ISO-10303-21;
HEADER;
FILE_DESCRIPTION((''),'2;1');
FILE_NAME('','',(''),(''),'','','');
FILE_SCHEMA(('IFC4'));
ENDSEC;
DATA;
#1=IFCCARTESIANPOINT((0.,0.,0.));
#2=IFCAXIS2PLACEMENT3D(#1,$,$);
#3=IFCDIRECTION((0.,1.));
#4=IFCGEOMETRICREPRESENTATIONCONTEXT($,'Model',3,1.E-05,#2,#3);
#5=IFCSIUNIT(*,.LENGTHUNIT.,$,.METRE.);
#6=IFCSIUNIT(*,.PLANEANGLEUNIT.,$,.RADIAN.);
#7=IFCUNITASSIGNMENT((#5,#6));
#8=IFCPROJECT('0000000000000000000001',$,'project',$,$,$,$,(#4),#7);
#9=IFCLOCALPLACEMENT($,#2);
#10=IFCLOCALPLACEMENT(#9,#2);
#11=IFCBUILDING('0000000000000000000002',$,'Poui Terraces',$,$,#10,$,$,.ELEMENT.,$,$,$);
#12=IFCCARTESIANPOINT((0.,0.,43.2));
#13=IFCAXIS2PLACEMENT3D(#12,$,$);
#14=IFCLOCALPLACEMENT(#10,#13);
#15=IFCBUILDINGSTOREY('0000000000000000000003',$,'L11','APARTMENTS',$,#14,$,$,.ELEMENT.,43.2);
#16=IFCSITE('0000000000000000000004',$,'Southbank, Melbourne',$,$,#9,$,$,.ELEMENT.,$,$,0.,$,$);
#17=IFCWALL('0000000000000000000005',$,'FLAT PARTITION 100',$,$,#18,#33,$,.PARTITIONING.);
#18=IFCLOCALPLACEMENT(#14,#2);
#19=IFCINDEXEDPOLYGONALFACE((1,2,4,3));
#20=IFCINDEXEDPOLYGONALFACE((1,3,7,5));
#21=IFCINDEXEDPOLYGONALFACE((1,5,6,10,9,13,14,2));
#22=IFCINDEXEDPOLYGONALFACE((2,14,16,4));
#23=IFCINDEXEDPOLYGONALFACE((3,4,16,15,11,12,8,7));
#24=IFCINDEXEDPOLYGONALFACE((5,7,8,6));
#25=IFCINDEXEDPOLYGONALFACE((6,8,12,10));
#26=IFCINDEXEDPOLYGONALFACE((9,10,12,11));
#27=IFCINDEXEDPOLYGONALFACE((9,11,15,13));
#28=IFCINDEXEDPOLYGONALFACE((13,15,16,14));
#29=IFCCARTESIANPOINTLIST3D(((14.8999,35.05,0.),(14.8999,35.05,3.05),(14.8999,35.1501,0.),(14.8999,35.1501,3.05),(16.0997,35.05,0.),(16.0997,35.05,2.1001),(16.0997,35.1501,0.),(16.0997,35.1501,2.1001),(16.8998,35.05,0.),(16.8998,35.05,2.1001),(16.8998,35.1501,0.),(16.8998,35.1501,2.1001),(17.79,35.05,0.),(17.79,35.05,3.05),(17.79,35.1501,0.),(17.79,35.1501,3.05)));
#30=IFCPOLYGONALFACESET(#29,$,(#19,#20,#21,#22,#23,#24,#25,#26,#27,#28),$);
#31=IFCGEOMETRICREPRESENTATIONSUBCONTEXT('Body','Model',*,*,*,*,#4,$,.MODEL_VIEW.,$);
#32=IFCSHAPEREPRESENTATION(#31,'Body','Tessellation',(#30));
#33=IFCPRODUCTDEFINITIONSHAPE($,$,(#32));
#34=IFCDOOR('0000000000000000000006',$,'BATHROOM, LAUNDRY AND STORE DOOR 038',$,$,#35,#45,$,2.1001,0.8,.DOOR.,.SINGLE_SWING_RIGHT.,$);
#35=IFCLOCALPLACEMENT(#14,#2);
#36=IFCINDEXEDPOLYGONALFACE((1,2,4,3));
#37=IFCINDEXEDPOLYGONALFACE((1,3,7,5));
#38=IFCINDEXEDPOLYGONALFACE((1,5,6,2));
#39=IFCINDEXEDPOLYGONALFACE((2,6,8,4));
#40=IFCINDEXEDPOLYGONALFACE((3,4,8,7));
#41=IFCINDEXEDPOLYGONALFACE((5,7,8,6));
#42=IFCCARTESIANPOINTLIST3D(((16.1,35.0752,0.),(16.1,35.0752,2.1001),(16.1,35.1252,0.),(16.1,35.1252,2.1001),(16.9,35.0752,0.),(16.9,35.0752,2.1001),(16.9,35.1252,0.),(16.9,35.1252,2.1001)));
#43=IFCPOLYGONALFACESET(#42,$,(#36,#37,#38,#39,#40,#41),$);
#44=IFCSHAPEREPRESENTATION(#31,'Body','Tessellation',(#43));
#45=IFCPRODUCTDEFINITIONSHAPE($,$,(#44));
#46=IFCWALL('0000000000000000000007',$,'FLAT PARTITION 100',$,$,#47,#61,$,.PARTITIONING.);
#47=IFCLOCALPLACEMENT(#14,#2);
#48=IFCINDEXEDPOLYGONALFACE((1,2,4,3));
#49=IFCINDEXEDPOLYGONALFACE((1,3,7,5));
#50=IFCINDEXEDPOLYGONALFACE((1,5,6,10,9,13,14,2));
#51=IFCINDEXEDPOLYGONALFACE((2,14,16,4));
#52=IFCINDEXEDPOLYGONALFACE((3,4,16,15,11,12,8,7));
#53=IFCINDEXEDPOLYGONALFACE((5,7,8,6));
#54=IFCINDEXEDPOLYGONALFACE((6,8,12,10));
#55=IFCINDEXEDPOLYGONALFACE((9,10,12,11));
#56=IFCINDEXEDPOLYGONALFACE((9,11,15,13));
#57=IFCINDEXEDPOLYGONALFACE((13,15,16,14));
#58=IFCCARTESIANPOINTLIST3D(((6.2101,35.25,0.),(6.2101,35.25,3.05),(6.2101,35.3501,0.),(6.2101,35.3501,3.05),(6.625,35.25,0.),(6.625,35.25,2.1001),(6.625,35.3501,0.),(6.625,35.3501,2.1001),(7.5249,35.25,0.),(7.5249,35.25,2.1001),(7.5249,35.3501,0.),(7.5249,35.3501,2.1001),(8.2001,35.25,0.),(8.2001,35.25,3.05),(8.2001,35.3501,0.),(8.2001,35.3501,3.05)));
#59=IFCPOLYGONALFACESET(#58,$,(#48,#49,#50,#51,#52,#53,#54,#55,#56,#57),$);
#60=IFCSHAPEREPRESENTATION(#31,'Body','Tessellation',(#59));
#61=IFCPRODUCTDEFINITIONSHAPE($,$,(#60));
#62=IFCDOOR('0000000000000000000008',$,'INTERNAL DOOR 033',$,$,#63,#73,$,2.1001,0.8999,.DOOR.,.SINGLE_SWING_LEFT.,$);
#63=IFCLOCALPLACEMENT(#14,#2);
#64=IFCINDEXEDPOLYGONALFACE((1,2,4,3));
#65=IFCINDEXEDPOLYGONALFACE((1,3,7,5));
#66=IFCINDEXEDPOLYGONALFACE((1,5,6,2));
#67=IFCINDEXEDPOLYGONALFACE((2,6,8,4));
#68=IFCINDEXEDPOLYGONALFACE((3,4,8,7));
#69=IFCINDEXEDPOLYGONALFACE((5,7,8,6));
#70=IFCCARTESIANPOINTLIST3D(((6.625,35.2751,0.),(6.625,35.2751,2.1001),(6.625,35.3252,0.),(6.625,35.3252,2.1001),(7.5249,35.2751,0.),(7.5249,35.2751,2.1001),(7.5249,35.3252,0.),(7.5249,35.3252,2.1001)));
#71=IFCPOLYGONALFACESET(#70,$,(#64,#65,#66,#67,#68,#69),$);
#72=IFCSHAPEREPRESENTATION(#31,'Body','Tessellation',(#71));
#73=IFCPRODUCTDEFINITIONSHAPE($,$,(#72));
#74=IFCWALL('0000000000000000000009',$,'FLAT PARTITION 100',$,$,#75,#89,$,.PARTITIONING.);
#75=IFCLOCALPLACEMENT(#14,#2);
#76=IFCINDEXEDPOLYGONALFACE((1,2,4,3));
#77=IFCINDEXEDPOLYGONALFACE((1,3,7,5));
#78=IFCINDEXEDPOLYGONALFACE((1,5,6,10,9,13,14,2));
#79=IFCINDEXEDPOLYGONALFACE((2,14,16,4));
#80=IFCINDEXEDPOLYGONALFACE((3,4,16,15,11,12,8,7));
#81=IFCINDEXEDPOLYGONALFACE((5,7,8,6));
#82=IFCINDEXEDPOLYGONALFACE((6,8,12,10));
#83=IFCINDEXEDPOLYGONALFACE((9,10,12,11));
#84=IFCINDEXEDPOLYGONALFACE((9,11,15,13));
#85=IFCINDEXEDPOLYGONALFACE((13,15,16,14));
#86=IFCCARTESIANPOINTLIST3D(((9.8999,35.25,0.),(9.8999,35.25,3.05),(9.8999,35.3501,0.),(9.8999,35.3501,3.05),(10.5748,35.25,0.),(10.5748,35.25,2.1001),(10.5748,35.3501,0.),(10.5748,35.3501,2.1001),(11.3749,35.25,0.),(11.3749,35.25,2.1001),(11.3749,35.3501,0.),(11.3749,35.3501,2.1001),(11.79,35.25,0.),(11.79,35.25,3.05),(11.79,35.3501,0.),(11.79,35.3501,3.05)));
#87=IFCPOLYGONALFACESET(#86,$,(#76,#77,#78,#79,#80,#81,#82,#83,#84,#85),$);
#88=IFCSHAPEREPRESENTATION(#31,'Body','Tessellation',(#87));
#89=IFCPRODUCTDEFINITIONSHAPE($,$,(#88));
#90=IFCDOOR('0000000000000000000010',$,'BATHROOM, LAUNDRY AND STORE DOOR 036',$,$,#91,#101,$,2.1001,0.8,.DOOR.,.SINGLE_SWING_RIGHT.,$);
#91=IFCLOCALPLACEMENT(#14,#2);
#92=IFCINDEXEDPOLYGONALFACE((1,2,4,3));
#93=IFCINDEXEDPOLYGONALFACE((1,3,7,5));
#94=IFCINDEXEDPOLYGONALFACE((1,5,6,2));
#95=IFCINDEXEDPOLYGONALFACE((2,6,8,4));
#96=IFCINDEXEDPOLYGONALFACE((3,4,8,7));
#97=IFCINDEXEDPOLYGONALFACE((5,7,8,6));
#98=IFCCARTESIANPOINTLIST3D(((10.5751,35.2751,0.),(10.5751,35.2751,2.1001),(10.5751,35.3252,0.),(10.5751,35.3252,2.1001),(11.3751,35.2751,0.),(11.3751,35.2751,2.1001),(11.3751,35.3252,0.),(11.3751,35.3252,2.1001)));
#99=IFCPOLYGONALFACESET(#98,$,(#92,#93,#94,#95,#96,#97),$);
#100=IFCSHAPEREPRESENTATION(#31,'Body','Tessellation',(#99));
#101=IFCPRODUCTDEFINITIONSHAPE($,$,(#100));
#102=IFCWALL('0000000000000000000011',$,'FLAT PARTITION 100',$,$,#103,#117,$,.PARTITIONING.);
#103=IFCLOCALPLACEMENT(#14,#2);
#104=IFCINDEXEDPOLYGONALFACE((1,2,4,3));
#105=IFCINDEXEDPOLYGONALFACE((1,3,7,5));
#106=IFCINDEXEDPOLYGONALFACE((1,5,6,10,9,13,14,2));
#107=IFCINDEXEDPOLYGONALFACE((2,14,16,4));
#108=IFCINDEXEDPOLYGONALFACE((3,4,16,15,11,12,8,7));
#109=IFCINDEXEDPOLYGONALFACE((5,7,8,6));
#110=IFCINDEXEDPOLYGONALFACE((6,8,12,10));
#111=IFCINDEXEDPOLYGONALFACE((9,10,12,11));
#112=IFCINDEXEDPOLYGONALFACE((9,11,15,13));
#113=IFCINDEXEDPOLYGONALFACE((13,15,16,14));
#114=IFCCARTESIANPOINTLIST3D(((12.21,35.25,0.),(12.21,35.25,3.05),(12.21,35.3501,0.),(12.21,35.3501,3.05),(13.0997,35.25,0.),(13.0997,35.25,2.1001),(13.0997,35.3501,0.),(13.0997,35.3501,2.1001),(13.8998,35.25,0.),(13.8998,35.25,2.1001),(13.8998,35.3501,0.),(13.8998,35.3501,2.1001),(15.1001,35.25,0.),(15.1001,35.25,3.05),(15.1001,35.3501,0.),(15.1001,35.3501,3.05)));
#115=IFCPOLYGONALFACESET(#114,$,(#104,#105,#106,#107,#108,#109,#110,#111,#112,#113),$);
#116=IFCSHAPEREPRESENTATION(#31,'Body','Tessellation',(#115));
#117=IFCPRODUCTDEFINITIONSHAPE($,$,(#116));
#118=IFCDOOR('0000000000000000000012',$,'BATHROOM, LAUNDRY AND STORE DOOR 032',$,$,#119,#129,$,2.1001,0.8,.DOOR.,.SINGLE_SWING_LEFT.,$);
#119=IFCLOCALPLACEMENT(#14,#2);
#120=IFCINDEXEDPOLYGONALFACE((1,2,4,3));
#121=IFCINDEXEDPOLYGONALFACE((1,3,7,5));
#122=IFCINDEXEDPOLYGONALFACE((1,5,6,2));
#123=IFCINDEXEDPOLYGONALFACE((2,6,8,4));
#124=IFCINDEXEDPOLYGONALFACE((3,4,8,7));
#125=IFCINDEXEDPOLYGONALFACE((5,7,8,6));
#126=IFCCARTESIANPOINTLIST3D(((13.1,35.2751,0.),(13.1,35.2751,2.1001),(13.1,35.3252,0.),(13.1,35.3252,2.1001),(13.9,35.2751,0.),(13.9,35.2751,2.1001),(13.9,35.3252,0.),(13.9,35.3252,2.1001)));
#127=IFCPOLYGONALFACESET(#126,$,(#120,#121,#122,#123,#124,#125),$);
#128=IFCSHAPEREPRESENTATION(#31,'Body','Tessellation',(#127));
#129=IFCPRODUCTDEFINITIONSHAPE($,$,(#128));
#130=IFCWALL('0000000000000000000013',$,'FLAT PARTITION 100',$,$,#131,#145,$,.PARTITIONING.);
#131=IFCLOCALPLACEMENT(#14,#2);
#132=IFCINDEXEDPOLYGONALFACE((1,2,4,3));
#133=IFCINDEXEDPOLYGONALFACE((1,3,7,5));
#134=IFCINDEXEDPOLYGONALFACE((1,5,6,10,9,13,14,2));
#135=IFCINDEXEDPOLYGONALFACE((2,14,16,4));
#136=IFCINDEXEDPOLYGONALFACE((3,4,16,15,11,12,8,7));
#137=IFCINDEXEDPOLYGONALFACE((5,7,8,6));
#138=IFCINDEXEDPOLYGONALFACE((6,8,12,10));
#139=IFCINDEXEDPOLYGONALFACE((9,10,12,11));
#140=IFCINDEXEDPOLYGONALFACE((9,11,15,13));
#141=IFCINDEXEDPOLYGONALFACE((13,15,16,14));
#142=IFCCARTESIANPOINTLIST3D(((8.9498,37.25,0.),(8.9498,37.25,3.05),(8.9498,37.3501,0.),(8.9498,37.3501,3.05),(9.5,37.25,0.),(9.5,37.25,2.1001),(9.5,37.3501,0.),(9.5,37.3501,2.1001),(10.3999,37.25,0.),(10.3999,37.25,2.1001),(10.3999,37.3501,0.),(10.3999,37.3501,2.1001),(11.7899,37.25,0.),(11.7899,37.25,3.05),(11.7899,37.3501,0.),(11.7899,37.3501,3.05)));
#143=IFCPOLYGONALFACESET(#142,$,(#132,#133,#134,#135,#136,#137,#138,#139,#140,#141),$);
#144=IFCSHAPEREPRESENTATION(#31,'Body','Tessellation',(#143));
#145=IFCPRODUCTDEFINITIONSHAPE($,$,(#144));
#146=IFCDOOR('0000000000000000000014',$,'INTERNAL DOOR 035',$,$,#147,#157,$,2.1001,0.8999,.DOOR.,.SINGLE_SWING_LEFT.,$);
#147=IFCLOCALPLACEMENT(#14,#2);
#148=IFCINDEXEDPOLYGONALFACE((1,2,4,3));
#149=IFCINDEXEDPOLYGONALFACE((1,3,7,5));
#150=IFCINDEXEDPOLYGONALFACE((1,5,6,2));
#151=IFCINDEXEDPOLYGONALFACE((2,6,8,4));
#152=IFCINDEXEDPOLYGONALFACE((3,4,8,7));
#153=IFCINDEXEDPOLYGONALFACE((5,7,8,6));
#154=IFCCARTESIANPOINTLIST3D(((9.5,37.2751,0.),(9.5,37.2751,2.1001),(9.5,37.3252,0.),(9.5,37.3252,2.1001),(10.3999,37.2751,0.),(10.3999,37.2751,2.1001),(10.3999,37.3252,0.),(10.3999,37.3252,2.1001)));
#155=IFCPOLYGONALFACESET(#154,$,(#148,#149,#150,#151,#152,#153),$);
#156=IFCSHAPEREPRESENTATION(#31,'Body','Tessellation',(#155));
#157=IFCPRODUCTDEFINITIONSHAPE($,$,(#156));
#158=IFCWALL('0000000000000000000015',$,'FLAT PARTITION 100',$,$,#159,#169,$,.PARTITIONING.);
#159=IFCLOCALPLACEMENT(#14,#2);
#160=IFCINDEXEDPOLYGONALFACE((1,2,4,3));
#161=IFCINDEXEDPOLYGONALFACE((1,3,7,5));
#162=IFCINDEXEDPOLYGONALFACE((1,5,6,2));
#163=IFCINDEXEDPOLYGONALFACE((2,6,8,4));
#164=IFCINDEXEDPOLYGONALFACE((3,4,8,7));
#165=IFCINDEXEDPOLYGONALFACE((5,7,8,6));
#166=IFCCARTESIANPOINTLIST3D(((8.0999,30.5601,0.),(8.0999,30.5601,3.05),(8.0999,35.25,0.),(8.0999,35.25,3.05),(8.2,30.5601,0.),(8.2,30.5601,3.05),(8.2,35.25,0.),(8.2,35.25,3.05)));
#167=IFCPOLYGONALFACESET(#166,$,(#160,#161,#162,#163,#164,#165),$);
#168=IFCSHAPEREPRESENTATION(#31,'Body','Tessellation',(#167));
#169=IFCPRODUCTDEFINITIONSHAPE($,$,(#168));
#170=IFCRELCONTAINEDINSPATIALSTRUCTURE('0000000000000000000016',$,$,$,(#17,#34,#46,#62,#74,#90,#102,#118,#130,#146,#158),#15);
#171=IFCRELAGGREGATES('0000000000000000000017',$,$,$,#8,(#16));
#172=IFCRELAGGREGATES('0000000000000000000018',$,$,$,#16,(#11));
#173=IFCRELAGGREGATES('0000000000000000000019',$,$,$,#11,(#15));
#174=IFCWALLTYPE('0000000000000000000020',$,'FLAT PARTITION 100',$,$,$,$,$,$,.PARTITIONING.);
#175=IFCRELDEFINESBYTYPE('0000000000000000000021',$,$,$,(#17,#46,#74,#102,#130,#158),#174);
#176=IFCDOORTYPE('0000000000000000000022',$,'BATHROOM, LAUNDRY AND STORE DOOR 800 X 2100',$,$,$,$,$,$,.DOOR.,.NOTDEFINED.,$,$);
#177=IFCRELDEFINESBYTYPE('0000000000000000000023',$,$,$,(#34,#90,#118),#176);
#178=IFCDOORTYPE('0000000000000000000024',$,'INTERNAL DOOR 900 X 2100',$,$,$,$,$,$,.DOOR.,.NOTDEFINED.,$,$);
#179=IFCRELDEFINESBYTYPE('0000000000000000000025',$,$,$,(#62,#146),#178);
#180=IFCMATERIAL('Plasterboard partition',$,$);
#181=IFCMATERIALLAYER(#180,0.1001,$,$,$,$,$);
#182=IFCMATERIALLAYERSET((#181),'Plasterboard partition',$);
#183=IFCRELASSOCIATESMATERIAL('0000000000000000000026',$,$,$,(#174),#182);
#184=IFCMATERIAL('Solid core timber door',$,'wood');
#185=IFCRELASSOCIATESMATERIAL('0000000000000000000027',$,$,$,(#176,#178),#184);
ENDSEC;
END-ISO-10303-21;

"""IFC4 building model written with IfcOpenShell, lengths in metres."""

from ifc_helpers import new_model, si_unit, direction, frame, frame_2d, origin, place, context, subcontext, project, spatial, rectangle, extrude, material, layer, layer_set, type_object, element, fill, save


model = new_model("IFC4")

# Units and contexts
model_context = context("Model", 3, precision=1e-05, world=origin(), true_north=direction((0.0, 1.0)))
body_context = subcontext(model_context, "Body", "Model", "MODEL_VIEW")
ifc_project = project(units=[si_unit("LENGTHUNIT", "METRE"), si_unit("PLANEANGLEUNIT", "RADIAN")], contexts=[model_context])

# Site, building, storey
site_placement = place(None, origin())
site = spatial("IfcSite", under=ifc_project, at=site_placement, Name="Southbank, Melbourne", CompositionType="ELEMENT", RefElevation=0.0)
building_placement = place(site_placement, origin())
building = spatial("IfcBuilding", under=site, at=building_placement, Name="Poui Terraces", CompositionType="ELEMENT")
storey_placement = place(building_placement, frame((0.0, 0.0, 43.2)))
storey = spatial("IfcBuildingStorey", under=building, at=storey_placement, Name="L11", Description="APARTMENTS", CompositionType="ELEMENT", Elevation=43.2)

# Walls, openings, doors
ifc_material_1 = material(Name="Plasterboard partition")
ifc_layer_1 = layer(ifc_material_1, 0.1001)
ifc_layer_set_1 = layer_set([ifc_layer_1], Name="Plasterboard partition")
wall_type_1 = type_object("IfcWallType", Name="FLAT PARTITION 100", PredefinedType="PARTITIONING", material=ifc_layer_set_1)
wall_1_placement = place(storey_placement, frame((14.8999, 35.1001, 0.0), z_axis=(0.0, 0.0, 1.0), x_axis=(1.0, 0.0, 0.0)))
wall_1 = element("IfcWall", 1, at=wall_1_placement, inside=storey, type_object=wall_type_1, Name="FLAT PARTITION 100", PredefinedType="PARTITIONING", context=body_context, shape_type="SweptSolid", body=[
    extrude(rectangle(XDim=2.8901, YDim=0.1001, at=frame_2d((1.4451, 0.0))), origin(), (0.0, 0.0, 1.0), 3.05),
])
opening_1_placement = place(wall_1_placement, frame((1.2, 0.0, 0.0)))
opening_1 = element("IfcOpeningElement", 2, at=opening_1_placement, cuts=wall_1, PredefinedType="OPENING", context=body_context, shape_type="SweptSolid", body=[
    extrude(rectangle(XDim=0.8, YDim=2.1001, at=frame_2d((0.3999, 1.05))), frame((0.0, 0.0601, 0.0), z_axis=(0.0, -1.0, 0.0), x_axis=(1.0, 0.0, 0.0)), (0.0, 0.0, 1.0), 0.1201),
])
ifc_material_2 = material(Name="Solid core timber door", Category="wood")
door_type_1 = type_object("IfcDoorType", Name="BATHROOM, LAUNDRY AND STORE DOOR 800 X 2100", OperationType="NOTDEFINED", PredefinedType="DOOR", material=ifc_material_2)
door_1_placement = place(opening_1_placement, frame((0.8, 0.0, 0.0), z_axis=(0.0, 0.0, 1.0), x_axis=(-1.0, 0.0, 0.0)))
door_1 = element("IfcDoor", 3, at=door_1_placement, inside=storey, type_object=door_type_1, Name="BATHROOM, LAUNDRY AND STORE DOOR 038", OperationType="SINGLE_SWING_RIGHT", OverallHeight=2.1001, OverallWidth=0.8, PredefinedType="DOOR", context=body_context, shape_type="SweptSolid", body=[
    extrude(rectangle(XDim=0.8, YDim=2.1001, at=frame_2d((0.3999, 1.05))), frame((0.0, 0.0249, 0.0), z_axis=(0.0, -1.0, 0.0), x_axis=(1.0, 0.0, 0.0)), (0.0, 0.0, 1.0), 0.05),
])
fill(opening_1, door_1)
wall_2_placement = place(storey_placement, frame((6.21, 35.3, 0.0), z_axis=(0.0, 0.0, 1.0), x_axis=(1.0, 0.0, 0.0)))
wall_2 = element("IfcWall", 4, at=wall_2_placement, inside=storey, type_object=wall_type_1, Name="FLAT PARTITION 100", PredefinedType="PARTITIONING", context=body_context, shape_type="SweptSolid", body=[
    extrude(rectangle(XDim=1.99, YDim=0.1001, at=frame_2d((0.9951, 0.0))), origin(), (0.0, 0.0, 1.0), 3.05),
])
opening_2_placement = place(wall_2_placement, frame((0.415, 0.0, 0.0)))
opening_2 = element("IfcOpeningElement", 5, at=opening_2_placement, cuts=wall_2, PredefinedType="OPENING", context=body_context, shape_type="SweptSolid", body=[
    extrude(rectangle(XDim=0.8999, YDim=2.1001, at=frame_2d((0.45, 1.05))), frame((0.0, 0.0601, 0.0), z_axis=(0.0, -1.0, 0.0), x_axis=(1.0, 0.0, 0.0)), (0.0, 0.0, 1.0), 0.1201),
])
door_type_2 = type_object("IfcDoorType", Name="INTERNAL DOOR 900 X 2100", OperationType="NOTDEFINED", PredefinedType="DOOR", material=ifc_material_2)
door_2_placement = place(opening_2_placement, frame((0.8999, 0.0, 0.0), z_axis=(0.0, 0.0, 1.0), x_axis=(-1.0, 0.0, 0.0)))
door_2 = element("IfcDoor", 6, at=door_2_placement, inside=storey, type_object=door_type_2, Name="INTERNAL DOOR 033", OperationType="SINGLE_SWING_LEFT", OverallHeight=2.1001, OverallWidth=0.8999, PredefinedType="DOOR", context=body_context, shape_type="SweptSolid", body=[
    extrude(rectangle(XDim=0.8999, YDim=2.1001, at=frame_2d((0.45, 1.05))), frame((0.0, 0.0249, 0.0), z_axis=(0.0, -1.0, 0.0), x_axis=(1.0, 0.0, 0.0)), (0.0, 0.0, 1.0), 0.05),
])
fill(opening_2, door_2)
wall_3_placement = place(storey_placement, frame((9.8999, 35.3, 0.0), z_axis=(0.0, 0.0, 1.0), x_axis=(1.0, 0.0, 0.0)))
wall_3 = element("IfcWall", 7, at=wall_3_placement, inside=storey, type_object=wall_type_1, Name="FLAT PARTITION 100", PredefinedType="PARTITIONING", context=body_context, shape_type="SweptSolid", body=[
    extrude(rectangle(XDim=1.8901, YDim=0.1001, at=frame_2d((0.9451, 0.0))), origin(), (0.0, 0.0, 1.0), 3.05),
])
opening_3_placement = place(wall_3_placement, frame((0.675, 0.0, 0.0)))
opening_3 = element("IfcOpeningElement", 8, at=opening_3_placement, cuts=wall_3, PredefinedType="OPENING", context=body_context, shape_type="SweptSolid", body=[
    extrude(rectangle(XDim=0.8, YDim=2.1001, at=frame_2d((0.3999, 1.05))), frame((0.0, 0.0601, 0.0), z_axis=(0.0, -1.0, 0.0), x_axis=(1.0, 0.0, 0.0)), (0.0, 0.0, 1.0), 0.1201),
])
door_3_placement = place(opening_3_placement, frame((0.8, 0.0, 0.0), z_axis=(0.0, 0.0, 1.0), x_axis=(-1.0, 0.0, 0.0)))
door_3 = element("IfcDoor", 9, at=door_3_placement, inside=storey, type_object=door_type_1, Name="BATHROOM, LAUNDRY AND STORE DOOR 036", OperationType="SINGLE_SWING_RIGHT", OverallHeight=2.1001, OverallWidth=0.8, PredefinedType="DOOR", context=body_context, shape_type="SweptSolid", body=[
    extrude(rectangle(XDim=0.8, YDim=2.1001, at=frame_2d((0.3999, 1.05))), frame((0.0, 0.0249, 0.0), z_axis=(0.0, -1.0, 0.0), x_axis=(1.0, 0.0, 0.0)), (0.0, 0.0, 1.0), 0.05),
])
fill(opening_3, door_3)
wall_4_placement = place(storey_placement, frame((12.21, 35.3, 0.0), z_axis=(0.0, 0.0, 1.0), x_axis=(1.0, 0.0, 0.0)))
wall_4 = element("IfcWall", 10, at=wall_4_placement, inside=storey, type_object=wall_type_1, Name="FLAT PARTITION 100", PredefinedType="PARTITIONING", context=body_context, shape_type="SweptSolid", body=[
    extrude(rectangle(XDim=2.8901, YDim=0.1001, at=frame_2d((1.4451, 0.0))), origin(), (0.0, 0.0, 1.0), 3.05),
])
opening_4_placement = place(wall_4_placement, frame((0.8899, 0.0, 0.0)))
opening_4 = element("IfcOpeningElement", 11, at=opening_4_placement, cuts=wall_4, PredefinedType="OPENING", context=body_context, shape_type="SweptSolid", body=[
    extrude(rectangle(XDim=0.8, YDim=2.1001, at=frame_2d((0.3999, 1.05))), frame((0.0, 0.0601, 0.0), z_axis=(0.0, -1.0, 0.0), x_axis=(1.0, 0.0, 0.0)), (0.0, 0.0, 1.0), 0.1201),
])
door_4_placement = place(opening_4_placement, frame((0.8, 0.0, 0.0), z_axis=(0.0, 0.0, 1.0), x_axis=(-1.0, 0.0, 0.0)))
door_4 = element("IfcDoor", 12, at=door_4_placement, inside=storey, type_object=door_type_1, Name="BATHROOM, LAUNDRY AND STORE DOOR 032", OperationType="SINGLE_SWING_LEFT", OverallHeight=2.1001, OverallWidth=0.8, PredefinedType="DOOR", context=body_context, shape_type="SweptSolid", body=[
    extrude(rectangle(XDim=0.8, YDim=2.1001, at=frame_2d((0.3999, 1.05))), frame((0.0, 0.0249, 0.0), z_axis=(0.0, -1.0, 0.0), x_axis=(1.0, 0.0, 0.0)), (0.0, 0.0, 1.0), 0.05),
])
fill(opening_4, door_4)
wall_5_placement = place(storey_placement, frame((8.95, 37.3, 0.0), z_axis=(0.0, 0.0, 1.0), x_axis=(1.0, 0.0, 0.0)))
wall_5 = element("IfcWall", 13, at=wall_5_placement, inside=storey, type_object=wall_type_1, Name="FLAT PARTITION 100", PredefinedType="PARTITIONING", context=body_context, shape_type="SweptSolid", body=[
    extrude(rectangle(XDim=2.8401, YDim=0.1001, at=frame_2d((1.4199, 0.0))), origin(), (0.0, 0.0, 1.0), 3.05),
])
opening_5_placement = place(wall_5_placement, frame((0.55, 0.0, 0.0)))
opening_5 = element("IfcOpeningElement", 14, at=opening_5_placement, cuts=wall_5, PredefinedType="OPENING", context=body_context, shape_type="SweptSolid", body=[
    extrude(rectangle(XDim=0.8999, YDim=2.1001, at=frame_2d((0.45, 1.05))), frame((0.0, 0.0601, 0.0), z_axis=(0.0, -1.0, 0.0), x_axis=(1.0, 0.0, 0.0)), (0.0, 0.0, 1.0), 0.1201),
])
door_5_placement = place(opening_5_placement, frame((0.8999, 0.0, 0.0), z_axis=(0.0, 0.0, 1.0), x_axis=(-1.0, 0.0, 0.0)))
door_5 = element("IfcDoor", 15, at=door_5_placement, inside=storey, type_object=door_type_2, Name="INTERNAL DOOR 035", OperationType="SINGLE_SWING_LEFT", OverallHeight=2.1001, OverallWidth=0.8999, PredefinedType="DOOR", context=body_context, shape_type="SweptSolid", body=[
    extrude(rectangle(XDim=0.8999, YDim=2.1001, at=frame_2d((0.45, 1.05))), frame((0.0, 0.0249, 0.0), z_axis=(0.0, -1.0, 0.0), x_axis=(1.0, 0.0, 0.0)), (0.0, 0.0, 1.0), 0.05),
])
fill(opening_5, door_5)

# Wall
wall_6_placement = place(storey_placement, frame((8.1499, 30.5601, 0.0), z_axis=(0.0, 0.0, 1.0), x_axis=(0.0, 1.0, 0.0)))
element("IfcWall", 16, at=wall_6_placement, inside=storey, type_object=wall_type_1, Name="FLAT PARTITION 100", PredefinedType="PARTITIONING", context=body_context, shape_type="SweptSolid", body=[
    extrude(rectangle(XDim=4.6899, YDim=0.1001, at=frame_2d((2.345, 0.0))), origin(), (0.0, 0.0, 1.0), 3.05),
])

save(model, "model.ifc")
